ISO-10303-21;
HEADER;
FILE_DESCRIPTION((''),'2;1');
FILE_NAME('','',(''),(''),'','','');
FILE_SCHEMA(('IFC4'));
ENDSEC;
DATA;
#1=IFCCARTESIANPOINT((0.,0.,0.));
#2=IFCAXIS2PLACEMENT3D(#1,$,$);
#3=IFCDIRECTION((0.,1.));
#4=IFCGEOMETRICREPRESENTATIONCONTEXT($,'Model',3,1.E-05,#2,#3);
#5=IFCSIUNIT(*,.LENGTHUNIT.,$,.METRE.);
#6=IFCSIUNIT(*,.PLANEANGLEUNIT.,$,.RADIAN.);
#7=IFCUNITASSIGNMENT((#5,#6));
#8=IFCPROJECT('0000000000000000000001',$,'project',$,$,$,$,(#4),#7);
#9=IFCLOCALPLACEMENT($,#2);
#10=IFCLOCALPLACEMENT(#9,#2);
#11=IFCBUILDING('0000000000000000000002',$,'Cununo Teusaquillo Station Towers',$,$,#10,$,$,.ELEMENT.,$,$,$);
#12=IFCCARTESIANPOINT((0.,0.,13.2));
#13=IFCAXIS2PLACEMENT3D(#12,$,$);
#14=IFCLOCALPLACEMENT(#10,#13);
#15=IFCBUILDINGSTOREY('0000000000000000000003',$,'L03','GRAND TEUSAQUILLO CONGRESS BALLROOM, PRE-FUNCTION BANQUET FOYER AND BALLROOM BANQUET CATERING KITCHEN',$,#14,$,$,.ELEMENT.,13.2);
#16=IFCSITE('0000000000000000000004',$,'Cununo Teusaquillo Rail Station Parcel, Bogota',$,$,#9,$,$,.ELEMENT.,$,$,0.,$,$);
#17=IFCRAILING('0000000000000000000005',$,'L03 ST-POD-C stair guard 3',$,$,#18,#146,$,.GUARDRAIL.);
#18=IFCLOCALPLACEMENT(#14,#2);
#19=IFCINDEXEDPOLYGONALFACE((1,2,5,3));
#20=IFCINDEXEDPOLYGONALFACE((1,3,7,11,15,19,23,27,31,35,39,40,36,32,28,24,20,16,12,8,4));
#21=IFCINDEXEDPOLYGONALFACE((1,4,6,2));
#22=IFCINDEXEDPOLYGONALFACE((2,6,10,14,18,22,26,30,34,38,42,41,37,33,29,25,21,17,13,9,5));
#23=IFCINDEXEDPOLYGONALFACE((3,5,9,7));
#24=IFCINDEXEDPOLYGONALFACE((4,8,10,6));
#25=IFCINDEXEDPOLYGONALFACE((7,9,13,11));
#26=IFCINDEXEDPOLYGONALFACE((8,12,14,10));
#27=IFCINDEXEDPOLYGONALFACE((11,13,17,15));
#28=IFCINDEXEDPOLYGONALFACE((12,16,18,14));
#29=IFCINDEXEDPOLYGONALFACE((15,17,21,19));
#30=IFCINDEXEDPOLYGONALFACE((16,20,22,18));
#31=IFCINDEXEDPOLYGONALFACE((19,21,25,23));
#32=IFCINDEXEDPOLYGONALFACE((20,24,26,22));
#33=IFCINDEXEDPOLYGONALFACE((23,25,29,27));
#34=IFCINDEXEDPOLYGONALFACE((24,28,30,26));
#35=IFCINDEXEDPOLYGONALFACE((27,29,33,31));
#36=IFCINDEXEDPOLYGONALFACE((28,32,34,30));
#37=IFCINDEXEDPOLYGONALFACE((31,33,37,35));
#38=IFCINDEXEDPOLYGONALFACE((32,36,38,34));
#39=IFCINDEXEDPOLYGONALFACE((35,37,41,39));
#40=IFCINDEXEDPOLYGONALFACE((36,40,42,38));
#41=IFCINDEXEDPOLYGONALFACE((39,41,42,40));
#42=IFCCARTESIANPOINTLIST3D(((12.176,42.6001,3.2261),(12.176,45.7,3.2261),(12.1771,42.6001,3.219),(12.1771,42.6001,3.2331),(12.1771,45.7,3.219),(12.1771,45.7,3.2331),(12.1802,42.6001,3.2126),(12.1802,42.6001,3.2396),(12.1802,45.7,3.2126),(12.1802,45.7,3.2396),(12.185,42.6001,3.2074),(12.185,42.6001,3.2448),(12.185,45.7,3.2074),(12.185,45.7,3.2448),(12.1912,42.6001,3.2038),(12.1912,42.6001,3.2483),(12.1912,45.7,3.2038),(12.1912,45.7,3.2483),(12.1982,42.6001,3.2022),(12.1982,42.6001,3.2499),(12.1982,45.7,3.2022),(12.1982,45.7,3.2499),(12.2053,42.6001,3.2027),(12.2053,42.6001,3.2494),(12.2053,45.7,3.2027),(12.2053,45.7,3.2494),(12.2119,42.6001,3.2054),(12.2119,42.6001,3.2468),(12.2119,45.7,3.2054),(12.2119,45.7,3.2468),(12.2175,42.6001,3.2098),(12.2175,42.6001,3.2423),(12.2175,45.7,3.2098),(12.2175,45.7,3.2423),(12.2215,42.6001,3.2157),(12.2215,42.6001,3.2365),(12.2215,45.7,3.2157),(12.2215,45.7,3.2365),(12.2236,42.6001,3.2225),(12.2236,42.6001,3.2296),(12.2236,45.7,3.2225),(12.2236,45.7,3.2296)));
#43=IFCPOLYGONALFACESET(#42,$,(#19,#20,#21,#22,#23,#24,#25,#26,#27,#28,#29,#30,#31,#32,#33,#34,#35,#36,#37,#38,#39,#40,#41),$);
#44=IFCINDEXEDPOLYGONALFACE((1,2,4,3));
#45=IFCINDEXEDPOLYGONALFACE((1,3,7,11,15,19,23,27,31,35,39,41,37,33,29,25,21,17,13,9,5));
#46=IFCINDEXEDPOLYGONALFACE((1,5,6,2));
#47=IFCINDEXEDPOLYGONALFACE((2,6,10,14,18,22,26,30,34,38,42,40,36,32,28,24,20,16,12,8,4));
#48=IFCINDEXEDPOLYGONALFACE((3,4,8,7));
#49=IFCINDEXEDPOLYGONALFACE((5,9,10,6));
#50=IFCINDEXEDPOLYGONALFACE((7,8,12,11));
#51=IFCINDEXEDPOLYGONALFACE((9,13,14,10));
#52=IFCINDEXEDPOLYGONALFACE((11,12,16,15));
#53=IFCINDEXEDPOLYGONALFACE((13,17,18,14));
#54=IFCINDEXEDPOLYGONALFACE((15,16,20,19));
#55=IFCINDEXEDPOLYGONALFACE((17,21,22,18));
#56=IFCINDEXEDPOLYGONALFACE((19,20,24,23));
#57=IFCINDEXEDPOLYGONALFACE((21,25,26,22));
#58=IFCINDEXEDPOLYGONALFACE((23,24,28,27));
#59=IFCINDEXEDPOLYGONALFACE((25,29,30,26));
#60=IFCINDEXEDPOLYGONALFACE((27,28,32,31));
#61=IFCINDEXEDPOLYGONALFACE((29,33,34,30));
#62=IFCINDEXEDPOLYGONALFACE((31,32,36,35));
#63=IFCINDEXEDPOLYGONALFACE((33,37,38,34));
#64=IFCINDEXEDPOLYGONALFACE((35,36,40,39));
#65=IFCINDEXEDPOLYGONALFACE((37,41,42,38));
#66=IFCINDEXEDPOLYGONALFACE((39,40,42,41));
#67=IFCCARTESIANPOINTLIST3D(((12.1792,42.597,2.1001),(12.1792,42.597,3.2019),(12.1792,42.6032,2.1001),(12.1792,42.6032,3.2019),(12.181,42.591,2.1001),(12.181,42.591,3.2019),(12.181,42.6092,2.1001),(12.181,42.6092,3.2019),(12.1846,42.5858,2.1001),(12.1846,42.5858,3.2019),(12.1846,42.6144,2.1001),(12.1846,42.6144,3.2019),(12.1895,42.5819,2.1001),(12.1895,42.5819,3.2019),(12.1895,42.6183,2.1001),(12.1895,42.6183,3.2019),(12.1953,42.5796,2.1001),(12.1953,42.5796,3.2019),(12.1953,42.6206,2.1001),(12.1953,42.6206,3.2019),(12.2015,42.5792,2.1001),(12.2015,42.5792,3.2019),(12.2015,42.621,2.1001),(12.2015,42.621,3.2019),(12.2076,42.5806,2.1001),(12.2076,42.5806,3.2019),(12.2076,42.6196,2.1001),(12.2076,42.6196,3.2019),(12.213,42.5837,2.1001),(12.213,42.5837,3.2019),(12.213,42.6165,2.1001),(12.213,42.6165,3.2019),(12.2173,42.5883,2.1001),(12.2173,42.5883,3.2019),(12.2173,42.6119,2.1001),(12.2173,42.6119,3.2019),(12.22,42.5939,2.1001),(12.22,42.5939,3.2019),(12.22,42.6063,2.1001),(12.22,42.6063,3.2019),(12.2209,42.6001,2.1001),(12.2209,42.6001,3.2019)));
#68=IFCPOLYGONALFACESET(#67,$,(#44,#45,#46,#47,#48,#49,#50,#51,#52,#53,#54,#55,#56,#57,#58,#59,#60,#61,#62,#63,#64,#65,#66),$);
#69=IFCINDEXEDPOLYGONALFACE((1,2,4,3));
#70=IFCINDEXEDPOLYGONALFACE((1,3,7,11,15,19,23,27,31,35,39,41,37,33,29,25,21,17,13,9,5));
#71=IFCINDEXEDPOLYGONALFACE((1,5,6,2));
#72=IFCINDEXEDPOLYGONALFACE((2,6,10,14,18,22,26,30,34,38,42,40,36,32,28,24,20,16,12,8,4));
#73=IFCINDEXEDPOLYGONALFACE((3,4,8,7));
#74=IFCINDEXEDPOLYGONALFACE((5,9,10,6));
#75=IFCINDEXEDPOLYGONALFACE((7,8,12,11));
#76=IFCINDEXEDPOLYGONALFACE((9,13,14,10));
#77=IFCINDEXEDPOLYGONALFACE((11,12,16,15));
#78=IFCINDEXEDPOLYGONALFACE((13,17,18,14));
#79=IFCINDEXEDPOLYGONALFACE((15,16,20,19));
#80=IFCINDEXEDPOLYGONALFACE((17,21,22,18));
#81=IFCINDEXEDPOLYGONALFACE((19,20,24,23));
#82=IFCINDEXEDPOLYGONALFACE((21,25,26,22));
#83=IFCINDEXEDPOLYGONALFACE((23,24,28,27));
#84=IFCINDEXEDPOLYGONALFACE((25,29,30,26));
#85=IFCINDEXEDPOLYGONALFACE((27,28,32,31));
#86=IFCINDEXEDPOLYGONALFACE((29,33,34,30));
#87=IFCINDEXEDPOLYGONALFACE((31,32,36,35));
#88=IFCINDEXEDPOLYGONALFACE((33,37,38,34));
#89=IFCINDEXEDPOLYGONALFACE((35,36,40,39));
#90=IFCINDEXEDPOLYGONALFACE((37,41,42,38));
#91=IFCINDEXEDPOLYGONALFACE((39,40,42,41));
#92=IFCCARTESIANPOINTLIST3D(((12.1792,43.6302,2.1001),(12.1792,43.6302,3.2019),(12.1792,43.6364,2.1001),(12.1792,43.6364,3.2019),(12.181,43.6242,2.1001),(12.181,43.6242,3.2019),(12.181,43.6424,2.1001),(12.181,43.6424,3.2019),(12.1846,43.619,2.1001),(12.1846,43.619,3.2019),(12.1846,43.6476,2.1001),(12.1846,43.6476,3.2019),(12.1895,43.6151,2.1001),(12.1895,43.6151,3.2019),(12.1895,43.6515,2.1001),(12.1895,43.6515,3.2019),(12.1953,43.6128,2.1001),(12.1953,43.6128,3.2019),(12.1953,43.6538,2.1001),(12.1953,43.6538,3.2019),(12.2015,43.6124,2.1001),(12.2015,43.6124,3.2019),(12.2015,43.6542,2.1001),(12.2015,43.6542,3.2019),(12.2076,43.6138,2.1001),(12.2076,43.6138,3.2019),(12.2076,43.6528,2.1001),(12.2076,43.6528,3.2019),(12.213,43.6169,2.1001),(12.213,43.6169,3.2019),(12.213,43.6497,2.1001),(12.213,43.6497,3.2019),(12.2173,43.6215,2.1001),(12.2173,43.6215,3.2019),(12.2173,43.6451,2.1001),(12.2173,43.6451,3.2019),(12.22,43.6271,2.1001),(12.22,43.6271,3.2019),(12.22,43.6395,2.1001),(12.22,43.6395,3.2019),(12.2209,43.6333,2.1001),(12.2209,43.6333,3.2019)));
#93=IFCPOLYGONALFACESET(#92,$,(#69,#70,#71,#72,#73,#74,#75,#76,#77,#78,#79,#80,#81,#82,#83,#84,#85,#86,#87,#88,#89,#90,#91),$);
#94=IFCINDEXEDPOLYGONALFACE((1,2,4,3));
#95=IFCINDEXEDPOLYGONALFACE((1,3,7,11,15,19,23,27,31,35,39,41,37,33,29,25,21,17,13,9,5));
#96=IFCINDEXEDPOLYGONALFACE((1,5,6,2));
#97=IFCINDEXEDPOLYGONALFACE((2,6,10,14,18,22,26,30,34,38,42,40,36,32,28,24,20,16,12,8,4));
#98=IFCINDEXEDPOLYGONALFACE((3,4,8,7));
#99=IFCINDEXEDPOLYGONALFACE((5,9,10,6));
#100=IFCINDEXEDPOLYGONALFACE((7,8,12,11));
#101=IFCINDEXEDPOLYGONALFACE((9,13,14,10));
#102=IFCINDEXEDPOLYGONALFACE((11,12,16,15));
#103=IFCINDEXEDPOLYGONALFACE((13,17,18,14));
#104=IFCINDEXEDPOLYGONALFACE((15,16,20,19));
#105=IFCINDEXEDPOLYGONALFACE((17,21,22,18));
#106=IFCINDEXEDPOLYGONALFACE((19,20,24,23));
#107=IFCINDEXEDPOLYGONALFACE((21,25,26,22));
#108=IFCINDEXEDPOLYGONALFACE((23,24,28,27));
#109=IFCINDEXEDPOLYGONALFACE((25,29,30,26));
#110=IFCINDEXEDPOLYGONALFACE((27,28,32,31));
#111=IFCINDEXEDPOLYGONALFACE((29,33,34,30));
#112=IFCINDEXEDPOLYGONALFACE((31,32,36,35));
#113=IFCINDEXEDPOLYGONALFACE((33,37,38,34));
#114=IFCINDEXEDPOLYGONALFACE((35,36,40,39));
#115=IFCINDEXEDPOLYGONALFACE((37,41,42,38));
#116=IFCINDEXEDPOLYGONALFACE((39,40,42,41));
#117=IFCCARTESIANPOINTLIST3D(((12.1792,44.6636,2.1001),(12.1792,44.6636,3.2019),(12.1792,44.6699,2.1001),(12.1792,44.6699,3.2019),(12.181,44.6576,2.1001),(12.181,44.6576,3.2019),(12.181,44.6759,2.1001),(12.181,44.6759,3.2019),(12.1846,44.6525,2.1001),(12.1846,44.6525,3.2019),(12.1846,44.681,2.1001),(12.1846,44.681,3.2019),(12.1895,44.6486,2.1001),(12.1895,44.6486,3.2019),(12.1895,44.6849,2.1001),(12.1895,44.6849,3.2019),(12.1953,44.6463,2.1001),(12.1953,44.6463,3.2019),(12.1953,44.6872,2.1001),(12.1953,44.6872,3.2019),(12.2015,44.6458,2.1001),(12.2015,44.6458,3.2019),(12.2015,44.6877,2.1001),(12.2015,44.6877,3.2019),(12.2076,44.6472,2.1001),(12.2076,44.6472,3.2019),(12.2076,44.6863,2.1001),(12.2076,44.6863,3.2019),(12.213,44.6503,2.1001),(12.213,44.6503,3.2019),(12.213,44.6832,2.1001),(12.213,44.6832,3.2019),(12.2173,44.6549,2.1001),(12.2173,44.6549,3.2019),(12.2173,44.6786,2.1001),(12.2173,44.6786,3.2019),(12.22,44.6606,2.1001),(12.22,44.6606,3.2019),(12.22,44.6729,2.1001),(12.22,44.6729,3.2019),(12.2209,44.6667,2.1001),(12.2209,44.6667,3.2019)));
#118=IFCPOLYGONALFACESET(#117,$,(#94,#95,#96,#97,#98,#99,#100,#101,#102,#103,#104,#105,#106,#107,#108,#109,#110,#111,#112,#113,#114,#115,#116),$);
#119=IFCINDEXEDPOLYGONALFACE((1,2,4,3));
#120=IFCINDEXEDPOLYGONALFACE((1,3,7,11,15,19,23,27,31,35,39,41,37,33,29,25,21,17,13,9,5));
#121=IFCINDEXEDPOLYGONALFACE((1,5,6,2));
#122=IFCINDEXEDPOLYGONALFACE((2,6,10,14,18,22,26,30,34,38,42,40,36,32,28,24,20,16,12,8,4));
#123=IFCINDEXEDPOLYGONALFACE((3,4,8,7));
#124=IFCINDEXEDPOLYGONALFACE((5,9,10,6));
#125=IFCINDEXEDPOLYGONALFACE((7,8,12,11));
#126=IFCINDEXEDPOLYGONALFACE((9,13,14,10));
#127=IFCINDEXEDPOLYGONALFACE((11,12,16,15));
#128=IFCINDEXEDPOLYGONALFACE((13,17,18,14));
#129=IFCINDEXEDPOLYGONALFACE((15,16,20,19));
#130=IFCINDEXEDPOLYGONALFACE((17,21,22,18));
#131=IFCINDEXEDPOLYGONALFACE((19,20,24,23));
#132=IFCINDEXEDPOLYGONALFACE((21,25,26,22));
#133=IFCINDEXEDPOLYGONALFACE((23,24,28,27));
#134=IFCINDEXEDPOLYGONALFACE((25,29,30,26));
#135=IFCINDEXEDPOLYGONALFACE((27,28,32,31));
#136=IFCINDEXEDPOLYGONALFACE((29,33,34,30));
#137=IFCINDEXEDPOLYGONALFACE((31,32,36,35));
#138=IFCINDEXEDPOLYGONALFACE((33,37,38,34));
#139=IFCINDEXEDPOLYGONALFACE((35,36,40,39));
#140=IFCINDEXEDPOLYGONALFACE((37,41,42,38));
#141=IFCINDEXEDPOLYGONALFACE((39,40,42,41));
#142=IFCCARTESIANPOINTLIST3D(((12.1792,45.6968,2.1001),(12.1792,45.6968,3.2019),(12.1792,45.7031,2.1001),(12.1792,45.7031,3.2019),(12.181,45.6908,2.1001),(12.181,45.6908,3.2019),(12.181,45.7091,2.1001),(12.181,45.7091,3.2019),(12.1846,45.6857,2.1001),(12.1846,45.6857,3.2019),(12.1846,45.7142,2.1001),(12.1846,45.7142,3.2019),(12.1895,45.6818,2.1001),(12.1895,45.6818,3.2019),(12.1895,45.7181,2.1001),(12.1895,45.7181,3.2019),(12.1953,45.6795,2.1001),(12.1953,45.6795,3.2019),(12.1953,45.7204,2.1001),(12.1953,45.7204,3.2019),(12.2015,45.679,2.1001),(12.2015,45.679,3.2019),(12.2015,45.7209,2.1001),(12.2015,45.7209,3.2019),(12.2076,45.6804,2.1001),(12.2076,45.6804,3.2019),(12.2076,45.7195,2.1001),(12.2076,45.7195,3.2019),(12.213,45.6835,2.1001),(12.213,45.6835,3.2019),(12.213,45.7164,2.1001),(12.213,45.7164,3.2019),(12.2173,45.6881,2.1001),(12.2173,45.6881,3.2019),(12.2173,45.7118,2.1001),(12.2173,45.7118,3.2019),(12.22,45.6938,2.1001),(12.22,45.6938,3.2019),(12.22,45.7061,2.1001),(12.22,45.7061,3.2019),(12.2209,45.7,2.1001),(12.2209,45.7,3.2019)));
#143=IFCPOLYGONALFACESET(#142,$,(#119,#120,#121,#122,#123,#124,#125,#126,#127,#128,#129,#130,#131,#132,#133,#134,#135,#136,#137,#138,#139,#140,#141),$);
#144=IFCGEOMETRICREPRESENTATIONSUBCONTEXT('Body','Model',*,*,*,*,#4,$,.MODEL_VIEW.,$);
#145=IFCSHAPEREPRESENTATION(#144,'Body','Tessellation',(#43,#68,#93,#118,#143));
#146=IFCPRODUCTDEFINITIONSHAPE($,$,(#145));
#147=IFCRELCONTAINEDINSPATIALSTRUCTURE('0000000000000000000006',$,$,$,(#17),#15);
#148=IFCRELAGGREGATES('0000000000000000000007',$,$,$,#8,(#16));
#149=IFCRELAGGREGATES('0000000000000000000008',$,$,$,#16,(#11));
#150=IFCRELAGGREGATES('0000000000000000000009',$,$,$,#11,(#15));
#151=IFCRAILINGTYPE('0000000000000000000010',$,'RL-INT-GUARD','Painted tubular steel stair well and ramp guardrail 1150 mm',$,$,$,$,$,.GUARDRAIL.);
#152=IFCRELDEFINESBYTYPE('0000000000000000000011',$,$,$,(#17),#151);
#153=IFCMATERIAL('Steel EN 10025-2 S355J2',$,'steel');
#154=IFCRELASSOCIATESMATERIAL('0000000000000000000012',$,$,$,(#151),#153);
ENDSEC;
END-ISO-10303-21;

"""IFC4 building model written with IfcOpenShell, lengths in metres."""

from ifc_helpers import new_model, si_unit, direction, frame, origin, origin_2d, place, context, subcontext, project, spatial, circle, extrude, material, type_object, element, save


model = new_model("IFC4")

# Units and contexts
model_context = context("Model", 3, precision=1e-05, world=origin(), true_north=direction((0.0, 1.0)))
body_context = subcontext(model_context, "Body", "Model", "MODEL_VIEW")
ifc_project = project(units=[si_unit("LENGTHUNIT", "METRE"), si_unit("PLANEANGLEUNIT", "RADIAN")], contexts=[model_context])

# Site, building, storey
site_placement = place(None, origin())
site = spatial("IfcSite", under=ifc_project, at=site_placement, Name="Cununo Teusaquillo Rail Station Parcel, Bogota", CompositionType="ELEMENT", RefElevation=0.0)
building_placement = place(site_placement, origin())
building = spatial("IfcBuilding", under=site, at=building_placement, Name="Cununo Teusaquillo Station Towers", CompositionType="ELEMENT")
storey_placement = place(building_placement, frame((0.0, 0.0, 13.2)))
storey = spatial("IfcBuildingStorey", under=building, at=storey_placement, Name="L03", Description="GRAND TEUSAQUILLO CONGRESS BALLROOM, PRE-FUNCTION BANQUET FOYER AND BALLROOM BANQUET CATERING KITCHEN", CompositionType="ELEMENT", Elevation=13.2)

# Railing
ifc_material_1 = material(Name="Steel EN 10025-2 S355J2", Category="steel")
railing_type_1 = type_object("IfcRailingType", Name="RL-INT-GUARD", Description="Painted tubular steel stair well and ramp guardrail 1150 mm", PredefinedType="GUARDRAIL", material=ifc_material_1)
railing_1_placement = place(storey_placement, frame((12.2, 42.6001, 2.1001)))
element("IfcRailing", 1, at=railing_1_placement, inside=storey, type_object=railing_type_1, Name="L03 ST-POD-C stair guard 3", PredefinedType="GUARDRAIL", context=body_context, shape_type="SweptSolid", body=[
    extrude(circle(Radius=0.0239, at=origin_2d()), frame((0.0, 0.0, 1.126), z_axis=(0.0, 1.0, 0.0), x_axis=(-1.0, 0.0, 0.0)), (0.0, 0.0, 1.0), 3.0999),
    extrude(circle(Radius=0.021, at=origin_2d()), origin(), (0.0, 0.0, 1.0), 1.1018),
    extrude(circle(Radius=0.021, at=origin_2d()), frame((0.0, 1.0332, 0.0)), (0.0, 0.0, 1.0), 1.1018),
    extrude(circle(Radius=0.021, at=origin_2d()), frame((0.0, 2.0667, 0.0)), (0.0, 0.0, 1.0), 1.1018),
    extrude(circle(Radius=0.021, at=origin_2d()), frame((0.0, 3.0999, 0.0)), (0.0, 0.0, 1.0), 1.1018),
])

save(model, "model.ifc")
